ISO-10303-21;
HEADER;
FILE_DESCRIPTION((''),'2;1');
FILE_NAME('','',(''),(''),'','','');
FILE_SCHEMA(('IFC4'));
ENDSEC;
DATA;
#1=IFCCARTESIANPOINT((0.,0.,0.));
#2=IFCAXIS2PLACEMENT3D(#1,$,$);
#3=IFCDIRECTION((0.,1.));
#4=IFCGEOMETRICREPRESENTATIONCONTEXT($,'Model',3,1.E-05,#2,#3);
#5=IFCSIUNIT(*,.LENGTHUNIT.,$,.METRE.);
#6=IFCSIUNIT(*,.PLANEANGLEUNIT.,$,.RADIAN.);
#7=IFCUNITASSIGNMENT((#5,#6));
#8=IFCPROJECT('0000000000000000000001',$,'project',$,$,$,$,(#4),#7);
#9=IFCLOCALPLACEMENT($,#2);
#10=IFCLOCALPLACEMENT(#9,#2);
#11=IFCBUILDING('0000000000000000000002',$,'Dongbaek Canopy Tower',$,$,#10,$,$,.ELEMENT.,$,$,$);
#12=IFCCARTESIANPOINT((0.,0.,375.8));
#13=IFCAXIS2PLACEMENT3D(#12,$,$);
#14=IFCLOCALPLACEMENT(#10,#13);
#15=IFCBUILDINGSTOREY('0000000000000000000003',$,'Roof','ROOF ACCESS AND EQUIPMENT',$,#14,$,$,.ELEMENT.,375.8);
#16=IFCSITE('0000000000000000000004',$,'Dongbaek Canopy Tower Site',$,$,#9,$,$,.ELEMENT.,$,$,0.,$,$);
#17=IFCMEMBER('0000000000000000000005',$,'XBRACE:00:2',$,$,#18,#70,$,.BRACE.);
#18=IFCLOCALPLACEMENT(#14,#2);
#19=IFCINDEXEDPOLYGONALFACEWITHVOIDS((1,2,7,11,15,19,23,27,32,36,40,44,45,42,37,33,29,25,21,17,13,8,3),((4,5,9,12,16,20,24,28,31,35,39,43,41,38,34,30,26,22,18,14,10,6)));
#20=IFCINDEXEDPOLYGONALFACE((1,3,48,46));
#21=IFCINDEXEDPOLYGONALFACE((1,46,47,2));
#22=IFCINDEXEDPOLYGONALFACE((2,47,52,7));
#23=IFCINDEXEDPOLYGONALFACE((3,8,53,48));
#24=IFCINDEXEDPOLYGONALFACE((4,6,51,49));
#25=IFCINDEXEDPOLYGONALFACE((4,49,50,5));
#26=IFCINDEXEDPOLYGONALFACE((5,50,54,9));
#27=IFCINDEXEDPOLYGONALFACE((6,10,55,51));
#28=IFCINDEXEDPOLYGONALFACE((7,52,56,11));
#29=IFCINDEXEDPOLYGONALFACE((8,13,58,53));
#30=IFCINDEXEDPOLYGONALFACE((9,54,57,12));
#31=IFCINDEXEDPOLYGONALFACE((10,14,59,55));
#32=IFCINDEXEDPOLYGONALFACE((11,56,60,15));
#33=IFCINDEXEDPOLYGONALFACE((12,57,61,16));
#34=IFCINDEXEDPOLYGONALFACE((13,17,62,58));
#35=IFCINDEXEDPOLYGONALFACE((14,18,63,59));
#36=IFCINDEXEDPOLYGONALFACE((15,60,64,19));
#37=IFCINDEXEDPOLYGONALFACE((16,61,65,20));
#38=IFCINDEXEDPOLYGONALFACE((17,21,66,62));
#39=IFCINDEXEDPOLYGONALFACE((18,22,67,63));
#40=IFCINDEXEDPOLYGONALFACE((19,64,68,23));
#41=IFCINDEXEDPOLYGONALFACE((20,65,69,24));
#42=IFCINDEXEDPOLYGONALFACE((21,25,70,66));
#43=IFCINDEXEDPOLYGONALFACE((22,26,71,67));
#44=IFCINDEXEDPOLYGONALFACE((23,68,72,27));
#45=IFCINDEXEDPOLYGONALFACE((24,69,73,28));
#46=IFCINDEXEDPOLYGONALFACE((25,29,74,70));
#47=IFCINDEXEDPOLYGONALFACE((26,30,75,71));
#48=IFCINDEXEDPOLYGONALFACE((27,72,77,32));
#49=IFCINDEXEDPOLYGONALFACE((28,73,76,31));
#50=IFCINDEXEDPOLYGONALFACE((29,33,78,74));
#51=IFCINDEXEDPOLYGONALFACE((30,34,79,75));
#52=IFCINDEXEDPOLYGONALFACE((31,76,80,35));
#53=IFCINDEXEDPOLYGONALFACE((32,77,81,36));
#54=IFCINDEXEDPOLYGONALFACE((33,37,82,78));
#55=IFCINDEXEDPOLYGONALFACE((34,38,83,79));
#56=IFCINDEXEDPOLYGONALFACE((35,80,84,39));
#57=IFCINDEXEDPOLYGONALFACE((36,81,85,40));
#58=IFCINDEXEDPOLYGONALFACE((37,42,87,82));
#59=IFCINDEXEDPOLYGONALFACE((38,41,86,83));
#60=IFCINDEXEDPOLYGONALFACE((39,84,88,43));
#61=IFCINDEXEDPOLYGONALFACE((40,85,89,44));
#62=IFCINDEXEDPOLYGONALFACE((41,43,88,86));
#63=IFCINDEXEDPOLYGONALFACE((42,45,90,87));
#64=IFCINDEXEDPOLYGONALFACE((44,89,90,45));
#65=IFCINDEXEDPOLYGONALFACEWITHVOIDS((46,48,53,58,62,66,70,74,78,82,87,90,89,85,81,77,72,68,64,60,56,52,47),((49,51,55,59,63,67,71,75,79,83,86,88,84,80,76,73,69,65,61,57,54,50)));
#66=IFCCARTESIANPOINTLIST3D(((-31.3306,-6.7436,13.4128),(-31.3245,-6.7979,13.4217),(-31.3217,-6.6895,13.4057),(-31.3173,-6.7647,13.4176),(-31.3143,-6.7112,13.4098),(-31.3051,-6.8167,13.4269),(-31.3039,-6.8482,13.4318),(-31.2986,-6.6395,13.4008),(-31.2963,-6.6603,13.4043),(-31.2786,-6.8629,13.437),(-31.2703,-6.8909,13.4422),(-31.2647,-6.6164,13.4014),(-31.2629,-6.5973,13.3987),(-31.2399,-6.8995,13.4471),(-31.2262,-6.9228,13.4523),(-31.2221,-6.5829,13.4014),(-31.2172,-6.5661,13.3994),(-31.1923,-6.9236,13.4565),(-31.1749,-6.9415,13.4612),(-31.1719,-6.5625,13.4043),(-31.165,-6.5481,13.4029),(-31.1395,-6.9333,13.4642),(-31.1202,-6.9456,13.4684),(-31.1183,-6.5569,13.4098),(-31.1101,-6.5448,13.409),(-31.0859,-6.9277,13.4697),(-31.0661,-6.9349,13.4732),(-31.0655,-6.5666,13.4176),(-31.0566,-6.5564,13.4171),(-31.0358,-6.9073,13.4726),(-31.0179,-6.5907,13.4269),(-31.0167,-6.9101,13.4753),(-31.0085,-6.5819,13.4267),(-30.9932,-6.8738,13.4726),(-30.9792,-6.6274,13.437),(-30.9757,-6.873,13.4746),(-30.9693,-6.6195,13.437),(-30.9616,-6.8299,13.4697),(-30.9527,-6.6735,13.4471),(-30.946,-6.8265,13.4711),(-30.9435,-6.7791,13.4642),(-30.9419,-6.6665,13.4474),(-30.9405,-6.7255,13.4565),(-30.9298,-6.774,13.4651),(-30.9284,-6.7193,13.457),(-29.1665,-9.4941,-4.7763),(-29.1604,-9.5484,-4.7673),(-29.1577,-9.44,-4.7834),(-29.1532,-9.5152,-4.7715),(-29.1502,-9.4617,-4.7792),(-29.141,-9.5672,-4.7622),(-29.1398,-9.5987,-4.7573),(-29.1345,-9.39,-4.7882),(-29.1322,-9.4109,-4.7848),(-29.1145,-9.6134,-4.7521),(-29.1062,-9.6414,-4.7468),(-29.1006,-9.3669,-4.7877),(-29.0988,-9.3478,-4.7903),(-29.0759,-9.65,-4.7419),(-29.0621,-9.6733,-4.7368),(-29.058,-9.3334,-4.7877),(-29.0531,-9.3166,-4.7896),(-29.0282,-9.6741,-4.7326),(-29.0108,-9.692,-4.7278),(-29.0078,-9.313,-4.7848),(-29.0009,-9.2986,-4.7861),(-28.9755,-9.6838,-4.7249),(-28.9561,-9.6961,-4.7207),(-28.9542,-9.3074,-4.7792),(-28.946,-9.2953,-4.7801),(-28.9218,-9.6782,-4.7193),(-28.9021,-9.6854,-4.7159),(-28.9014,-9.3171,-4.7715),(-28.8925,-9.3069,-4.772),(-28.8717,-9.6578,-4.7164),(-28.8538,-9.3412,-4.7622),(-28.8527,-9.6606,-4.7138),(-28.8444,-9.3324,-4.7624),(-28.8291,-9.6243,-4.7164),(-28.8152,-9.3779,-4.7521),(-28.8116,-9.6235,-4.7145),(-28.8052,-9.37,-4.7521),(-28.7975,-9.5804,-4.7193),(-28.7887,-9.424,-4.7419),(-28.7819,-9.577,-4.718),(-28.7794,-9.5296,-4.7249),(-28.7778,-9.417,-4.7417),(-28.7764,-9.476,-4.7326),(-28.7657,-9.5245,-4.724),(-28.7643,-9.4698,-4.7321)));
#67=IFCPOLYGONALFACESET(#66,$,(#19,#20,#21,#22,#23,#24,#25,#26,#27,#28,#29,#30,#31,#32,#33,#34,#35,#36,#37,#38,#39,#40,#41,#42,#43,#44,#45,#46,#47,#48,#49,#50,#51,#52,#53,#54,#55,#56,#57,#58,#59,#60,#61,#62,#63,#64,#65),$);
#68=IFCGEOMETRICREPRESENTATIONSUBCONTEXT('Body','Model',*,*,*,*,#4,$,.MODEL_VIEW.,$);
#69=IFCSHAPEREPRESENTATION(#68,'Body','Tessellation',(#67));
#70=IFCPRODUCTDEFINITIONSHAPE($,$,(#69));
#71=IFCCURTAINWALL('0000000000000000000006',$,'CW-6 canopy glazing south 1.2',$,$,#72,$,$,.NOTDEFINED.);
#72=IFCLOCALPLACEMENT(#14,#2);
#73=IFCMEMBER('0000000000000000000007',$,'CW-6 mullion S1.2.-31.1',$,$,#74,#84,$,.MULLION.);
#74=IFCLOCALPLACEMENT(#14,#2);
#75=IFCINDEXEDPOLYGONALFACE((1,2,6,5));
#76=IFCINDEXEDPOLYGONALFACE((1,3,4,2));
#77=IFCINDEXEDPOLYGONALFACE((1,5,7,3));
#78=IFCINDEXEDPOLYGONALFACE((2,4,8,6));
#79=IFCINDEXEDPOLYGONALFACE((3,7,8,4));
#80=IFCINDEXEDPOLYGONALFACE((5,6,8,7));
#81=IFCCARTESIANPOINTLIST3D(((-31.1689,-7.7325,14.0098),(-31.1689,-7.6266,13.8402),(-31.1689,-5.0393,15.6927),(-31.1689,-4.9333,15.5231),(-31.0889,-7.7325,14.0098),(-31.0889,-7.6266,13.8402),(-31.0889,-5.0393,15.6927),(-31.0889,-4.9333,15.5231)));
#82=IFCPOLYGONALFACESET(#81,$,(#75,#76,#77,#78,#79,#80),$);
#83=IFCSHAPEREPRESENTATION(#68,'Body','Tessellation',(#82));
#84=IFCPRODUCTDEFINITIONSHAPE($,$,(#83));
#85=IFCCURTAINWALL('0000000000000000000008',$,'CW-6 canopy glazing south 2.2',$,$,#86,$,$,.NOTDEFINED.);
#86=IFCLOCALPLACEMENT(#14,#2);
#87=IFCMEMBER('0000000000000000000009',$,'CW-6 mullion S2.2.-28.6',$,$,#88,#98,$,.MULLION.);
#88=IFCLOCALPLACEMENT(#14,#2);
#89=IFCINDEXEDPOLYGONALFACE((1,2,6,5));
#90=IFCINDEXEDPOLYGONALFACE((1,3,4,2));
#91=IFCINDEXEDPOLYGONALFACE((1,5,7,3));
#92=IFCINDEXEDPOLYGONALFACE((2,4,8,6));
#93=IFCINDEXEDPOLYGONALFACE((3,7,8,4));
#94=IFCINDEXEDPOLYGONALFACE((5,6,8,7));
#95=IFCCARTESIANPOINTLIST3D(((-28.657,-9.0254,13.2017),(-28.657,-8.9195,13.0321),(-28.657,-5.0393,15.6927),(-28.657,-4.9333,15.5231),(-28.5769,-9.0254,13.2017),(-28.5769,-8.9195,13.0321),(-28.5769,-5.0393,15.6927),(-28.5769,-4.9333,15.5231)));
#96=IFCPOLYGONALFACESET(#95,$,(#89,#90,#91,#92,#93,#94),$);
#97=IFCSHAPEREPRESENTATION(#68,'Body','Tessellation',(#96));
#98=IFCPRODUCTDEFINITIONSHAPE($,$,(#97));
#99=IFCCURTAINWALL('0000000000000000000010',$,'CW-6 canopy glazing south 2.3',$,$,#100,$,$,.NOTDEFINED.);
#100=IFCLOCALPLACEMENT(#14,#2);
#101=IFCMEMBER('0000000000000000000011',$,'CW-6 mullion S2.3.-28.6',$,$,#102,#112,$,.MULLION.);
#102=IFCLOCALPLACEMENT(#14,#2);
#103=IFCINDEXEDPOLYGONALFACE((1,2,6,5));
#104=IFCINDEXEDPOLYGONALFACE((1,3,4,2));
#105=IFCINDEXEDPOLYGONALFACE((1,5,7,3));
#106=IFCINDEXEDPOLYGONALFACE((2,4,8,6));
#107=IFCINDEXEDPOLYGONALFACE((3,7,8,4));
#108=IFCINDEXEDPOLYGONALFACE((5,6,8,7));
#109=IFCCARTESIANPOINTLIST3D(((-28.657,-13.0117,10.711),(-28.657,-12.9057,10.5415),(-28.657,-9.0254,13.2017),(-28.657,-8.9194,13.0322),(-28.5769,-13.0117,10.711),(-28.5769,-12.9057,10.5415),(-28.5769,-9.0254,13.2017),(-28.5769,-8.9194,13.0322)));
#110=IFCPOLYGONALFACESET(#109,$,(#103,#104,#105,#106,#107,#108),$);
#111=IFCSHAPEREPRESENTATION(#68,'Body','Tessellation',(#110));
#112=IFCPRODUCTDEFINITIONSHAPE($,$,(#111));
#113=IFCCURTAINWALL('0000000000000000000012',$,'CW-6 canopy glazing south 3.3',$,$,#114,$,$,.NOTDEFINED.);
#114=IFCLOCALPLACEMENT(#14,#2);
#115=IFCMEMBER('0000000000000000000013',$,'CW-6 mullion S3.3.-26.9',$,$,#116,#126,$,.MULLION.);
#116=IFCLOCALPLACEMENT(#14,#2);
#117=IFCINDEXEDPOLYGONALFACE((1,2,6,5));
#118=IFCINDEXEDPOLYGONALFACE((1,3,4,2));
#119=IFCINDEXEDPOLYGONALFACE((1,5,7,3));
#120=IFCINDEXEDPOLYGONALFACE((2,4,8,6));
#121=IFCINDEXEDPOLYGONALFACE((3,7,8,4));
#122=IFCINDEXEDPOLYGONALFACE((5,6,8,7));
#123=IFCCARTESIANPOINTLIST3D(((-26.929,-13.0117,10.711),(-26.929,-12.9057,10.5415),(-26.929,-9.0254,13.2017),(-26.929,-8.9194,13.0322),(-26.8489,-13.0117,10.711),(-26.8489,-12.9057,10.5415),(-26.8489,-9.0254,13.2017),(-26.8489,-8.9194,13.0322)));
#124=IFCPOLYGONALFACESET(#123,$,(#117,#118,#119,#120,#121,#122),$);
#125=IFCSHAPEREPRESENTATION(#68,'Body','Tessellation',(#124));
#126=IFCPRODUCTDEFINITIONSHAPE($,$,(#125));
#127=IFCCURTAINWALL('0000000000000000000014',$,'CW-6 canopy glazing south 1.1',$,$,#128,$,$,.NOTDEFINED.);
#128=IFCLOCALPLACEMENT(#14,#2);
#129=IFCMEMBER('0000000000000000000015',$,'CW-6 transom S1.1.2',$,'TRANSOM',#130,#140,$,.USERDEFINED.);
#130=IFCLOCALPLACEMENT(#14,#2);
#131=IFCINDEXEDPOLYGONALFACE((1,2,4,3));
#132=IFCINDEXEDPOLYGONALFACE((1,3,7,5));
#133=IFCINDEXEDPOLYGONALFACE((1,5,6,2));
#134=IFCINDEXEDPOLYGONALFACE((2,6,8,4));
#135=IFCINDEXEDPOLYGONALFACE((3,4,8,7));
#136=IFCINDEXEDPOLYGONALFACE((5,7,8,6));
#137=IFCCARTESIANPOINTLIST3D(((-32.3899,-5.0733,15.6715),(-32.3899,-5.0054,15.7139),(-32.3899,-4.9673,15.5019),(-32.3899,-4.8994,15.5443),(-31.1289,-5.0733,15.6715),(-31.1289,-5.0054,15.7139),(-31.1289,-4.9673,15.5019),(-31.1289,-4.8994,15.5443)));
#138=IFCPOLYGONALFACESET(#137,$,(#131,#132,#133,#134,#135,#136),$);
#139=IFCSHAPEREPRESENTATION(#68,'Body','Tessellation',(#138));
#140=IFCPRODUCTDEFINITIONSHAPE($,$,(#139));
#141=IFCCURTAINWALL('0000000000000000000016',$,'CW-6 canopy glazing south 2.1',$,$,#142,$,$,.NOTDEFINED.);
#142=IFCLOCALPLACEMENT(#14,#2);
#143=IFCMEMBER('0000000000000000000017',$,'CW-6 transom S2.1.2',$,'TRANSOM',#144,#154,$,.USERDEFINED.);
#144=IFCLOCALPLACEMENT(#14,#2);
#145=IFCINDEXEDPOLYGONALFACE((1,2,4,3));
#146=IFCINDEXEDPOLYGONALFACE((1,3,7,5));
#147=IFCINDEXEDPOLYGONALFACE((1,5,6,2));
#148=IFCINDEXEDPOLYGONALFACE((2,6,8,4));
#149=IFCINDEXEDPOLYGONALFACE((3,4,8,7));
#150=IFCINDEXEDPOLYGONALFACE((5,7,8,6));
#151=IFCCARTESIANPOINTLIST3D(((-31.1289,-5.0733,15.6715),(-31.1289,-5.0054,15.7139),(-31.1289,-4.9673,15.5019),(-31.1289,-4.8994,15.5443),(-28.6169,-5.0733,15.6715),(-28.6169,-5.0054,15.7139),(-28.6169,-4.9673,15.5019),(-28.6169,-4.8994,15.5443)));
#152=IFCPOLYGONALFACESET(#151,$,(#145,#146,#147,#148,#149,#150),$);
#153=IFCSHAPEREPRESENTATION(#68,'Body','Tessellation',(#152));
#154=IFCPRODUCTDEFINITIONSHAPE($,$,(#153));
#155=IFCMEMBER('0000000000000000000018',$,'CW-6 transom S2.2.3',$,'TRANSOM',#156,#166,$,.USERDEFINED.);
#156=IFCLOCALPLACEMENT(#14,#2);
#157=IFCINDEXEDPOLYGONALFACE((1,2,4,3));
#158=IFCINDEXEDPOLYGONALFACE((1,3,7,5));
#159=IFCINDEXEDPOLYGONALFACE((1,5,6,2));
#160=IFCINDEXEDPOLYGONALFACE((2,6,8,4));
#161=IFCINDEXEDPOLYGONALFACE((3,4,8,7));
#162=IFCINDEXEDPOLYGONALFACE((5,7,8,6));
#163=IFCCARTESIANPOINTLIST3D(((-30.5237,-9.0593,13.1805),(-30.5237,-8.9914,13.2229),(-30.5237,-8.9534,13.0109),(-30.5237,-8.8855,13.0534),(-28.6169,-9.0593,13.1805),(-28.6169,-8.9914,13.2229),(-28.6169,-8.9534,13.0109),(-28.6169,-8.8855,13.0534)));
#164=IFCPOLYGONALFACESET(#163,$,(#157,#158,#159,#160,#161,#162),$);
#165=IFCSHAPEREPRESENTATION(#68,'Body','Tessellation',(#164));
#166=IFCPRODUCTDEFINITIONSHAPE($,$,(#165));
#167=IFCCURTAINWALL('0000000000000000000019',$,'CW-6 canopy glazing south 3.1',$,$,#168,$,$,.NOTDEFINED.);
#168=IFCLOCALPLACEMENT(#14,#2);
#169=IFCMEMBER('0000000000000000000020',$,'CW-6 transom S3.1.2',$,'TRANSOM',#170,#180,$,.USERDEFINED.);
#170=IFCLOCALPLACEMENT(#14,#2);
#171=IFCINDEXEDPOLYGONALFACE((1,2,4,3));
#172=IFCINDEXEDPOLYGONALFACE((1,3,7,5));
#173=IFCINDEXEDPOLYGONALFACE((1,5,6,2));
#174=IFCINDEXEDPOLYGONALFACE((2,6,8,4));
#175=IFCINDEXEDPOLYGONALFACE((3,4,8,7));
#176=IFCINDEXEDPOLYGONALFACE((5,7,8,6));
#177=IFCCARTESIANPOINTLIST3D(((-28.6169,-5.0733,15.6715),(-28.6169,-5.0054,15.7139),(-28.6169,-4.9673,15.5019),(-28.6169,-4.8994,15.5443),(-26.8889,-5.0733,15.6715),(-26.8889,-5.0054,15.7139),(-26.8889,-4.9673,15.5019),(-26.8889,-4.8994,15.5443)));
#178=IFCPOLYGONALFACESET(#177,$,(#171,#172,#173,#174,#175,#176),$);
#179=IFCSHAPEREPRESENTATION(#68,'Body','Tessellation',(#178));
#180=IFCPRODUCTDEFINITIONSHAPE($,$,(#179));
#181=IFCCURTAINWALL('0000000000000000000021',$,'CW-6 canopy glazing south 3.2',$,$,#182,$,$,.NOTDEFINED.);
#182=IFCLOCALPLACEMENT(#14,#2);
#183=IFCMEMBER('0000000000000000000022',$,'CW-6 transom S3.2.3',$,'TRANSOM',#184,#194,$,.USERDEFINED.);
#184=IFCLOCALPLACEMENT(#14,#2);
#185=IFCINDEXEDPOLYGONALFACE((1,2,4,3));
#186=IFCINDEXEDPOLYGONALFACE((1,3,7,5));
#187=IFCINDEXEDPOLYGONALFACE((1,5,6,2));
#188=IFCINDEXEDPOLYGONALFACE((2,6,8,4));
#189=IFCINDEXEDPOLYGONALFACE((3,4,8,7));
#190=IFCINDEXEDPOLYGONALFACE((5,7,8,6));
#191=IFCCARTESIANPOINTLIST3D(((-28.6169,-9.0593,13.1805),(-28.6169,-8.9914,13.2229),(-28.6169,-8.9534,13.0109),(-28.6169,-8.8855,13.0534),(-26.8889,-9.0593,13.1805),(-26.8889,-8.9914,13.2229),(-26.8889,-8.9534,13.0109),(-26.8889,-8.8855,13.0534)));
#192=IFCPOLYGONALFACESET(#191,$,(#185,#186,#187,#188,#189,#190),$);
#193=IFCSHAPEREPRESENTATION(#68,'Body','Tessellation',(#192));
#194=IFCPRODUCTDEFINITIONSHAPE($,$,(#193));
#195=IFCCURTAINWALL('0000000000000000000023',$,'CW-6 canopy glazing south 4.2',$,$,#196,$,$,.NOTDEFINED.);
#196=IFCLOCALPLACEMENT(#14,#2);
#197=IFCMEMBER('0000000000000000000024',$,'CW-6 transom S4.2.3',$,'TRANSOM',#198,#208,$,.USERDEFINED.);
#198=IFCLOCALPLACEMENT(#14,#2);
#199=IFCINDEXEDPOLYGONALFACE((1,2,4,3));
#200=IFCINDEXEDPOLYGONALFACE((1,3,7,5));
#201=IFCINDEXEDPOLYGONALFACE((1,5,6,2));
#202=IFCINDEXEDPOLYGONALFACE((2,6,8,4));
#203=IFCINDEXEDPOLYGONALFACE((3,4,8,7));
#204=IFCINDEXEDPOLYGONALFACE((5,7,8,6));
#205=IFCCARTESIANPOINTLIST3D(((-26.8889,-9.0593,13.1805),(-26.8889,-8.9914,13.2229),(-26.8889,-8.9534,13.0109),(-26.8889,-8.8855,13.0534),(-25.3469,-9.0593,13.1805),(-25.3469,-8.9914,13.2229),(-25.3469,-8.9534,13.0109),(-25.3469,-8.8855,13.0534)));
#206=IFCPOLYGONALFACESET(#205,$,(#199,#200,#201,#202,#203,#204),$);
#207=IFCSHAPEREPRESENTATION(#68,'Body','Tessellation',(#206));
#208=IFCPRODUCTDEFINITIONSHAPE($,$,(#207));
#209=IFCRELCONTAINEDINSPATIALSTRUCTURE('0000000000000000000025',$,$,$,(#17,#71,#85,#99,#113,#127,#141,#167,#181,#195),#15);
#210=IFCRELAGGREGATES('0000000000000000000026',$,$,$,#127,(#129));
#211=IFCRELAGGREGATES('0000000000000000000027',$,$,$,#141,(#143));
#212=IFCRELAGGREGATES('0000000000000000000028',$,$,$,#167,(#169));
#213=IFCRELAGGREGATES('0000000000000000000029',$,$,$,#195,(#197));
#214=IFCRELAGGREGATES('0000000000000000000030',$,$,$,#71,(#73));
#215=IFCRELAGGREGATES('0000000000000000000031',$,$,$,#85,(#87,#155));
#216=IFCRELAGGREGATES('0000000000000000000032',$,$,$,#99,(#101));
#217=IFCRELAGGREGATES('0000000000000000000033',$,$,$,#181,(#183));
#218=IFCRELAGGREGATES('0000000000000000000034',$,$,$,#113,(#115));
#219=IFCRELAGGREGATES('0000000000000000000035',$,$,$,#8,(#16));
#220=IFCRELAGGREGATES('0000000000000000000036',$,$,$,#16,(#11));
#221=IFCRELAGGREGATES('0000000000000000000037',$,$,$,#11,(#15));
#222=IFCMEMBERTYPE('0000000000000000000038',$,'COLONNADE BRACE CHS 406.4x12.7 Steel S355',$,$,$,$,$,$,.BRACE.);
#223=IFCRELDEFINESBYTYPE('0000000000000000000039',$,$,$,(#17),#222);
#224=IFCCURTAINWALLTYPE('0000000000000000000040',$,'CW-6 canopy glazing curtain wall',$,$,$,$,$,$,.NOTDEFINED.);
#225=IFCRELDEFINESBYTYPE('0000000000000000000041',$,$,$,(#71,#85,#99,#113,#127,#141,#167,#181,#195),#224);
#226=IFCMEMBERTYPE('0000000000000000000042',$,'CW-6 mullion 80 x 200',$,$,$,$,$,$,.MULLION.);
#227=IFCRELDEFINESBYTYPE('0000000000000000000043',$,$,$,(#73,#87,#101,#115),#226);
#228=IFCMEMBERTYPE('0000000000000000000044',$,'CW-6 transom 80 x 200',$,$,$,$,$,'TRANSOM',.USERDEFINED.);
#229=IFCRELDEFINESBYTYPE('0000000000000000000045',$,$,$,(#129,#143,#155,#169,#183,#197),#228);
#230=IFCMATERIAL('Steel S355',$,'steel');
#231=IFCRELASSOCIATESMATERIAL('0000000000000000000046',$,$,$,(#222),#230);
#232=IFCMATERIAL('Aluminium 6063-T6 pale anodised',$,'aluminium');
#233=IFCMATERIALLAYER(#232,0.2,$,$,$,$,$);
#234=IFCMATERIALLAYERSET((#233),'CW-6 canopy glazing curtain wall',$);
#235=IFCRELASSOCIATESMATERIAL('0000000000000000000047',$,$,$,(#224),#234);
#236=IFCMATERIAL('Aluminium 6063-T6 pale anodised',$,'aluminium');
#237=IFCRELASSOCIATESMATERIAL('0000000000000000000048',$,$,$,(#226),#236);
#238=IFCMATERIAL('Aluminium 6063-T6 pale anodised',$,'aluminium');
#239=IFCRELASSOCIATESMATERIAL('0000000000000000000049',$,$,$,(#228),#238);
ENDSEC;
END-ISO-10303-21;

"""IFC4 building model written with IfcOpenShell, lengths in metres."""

from ifc_helpers import new_model, si_unit, direction, frame, origin, origin_2d, place, context, subcontext, project, spatial, rectangle, hollow_circle, extrude, material, layer, layer_set, material_profile, profile_set, type_object, element, aggregate, save


model = new_model("IFC4")

# Units and contexts
model_context = context("Model", 3, precision=1e-05, world=origin(), true_north=direction((0.0, 1.0)))
body_context = subcontext(model_context, "Body", "Model", "MODEL_VIEW")
ifc_project = project(units=[si_unit("LENGTHUNIT", "METRE"), si_unit("PLANEANGLEUNIT", "RADIAN")], contexts=[model_context])

# Site, building, storey
site_placement = place(None, origin())
site = spatial("IfcSite", under=ifc_project, at=site_placement, Name="Dongbaek Canopy Tower Site", CompositionType="ELEMENT", RefElevation=0.0)
building_placement = place(site_placement, origin())
building = spatial("IfcBuilding", under=site, at=building_placement, Name="Dongbaek Canopy Tower", CompositionType="ELEMENT")
storey_placement = place(building_placement, frame((0.0, 0.0, 375.8)))
storey = spatial("IfcBuildingStorey", under=building, at=storey_placement, Name="Roof", Description="ROOF ACCESS AND EQUIPMENT", CompositionType="ELEMENT", Elevation=375.8)

# Member
ifc_material_1 = material(Name="Steel S355", Category="steel")
ifc_material_profile_1 = material_profile(ifc_material_1, hollow_circle(Radius=0.2031, WallThickness=0.0127, at=origin_2d()), Name="COLONNADE BRACE CHS 406.4x12.7 Steel S355")
ifc_profile_set_1 = profile_set([ifc_material_profile_1], Name="Steel S355")
member_type_1 = type_object("IfcMemberType", Name="COLONNADE BRACE CHS 406.4x12.7 Steel S355", PredefinedType="BRACE", material=ifc_profile_set_1)
member_1_placement = place(storey_placement, frame((-31.1289, -6.7451, 13.437), z_axis=(0.116834, -0.148494, -0.981988), x_axis=(0.785907, 0.618345, 0.0)))
element("IfcMember", 1, at=member_1_placement, inside=storey, type_object=member_type_1, Name="XBRACE:00:2", PredefinedType="BRACE", context=body_context, shape_type="SweptSolid", body=[
    extrude(hollow_circle(Radius=0.2031, WallThickness=0.0127, at=origin_2d()), origin(), (0.0, 0.0, 1.0), 18.5227),
])

# Curtain walls, members
ifc_material_2 = material(Name="Aluminium 6063-T6 pale anodised", Category="aluminium")
ifc_layer_1 = layer(ifc_material_2, 0.2)
ifc_layer_set_1 = layer_set([ifc_layer_1], Name="CW-6 canopy glazing curtain wall")
curtain_wall_type = type_object("IfcCurtainWallType", Name="CW-6 canopy glazing curtain wall", PredefinedType="NOTDEFINED", material=ifc_layer_set_1)
curtain_wall_1_placement = place(storey_placement, origin())
curtain_wall_1 = element("IfcCurtainWall", 2, at=curtain_wall_1_placement, inside=storey, type_object=curtain_wall_type, Name="CW-6 canopy glazing south 1.2", PredefinedType="NOTDEFINED")
ifc_material_3 = material(Name="Aluminium 6063-T6 pale anodised", Category="aluminium")
ifc_material_profile_2 = material_profile(ifc_material_3, rectangle(XDim=0.0801, YDim=0.2, at=origin_2d()), Name="CW-6 mullion 80 x 200")
ifc_profile_set_2 = profile_set([ifc_material_profile_2], Name="Aluminium 6063-T6 pale anodised")
member_type_2 = type_object("IfcMemberType", Name="CW-6 mullion 80 x 200", PredefinedType="MULLION", material=ifc_profile_set_2)
member_2_placement = place(storey_placement, frame((-31.1289, -4.9863, 15.6079), z_axis=(0.0, -0.848046, -0.529923), x_axis=(1.0, 0.0, 0.0)))
member_2 = element("IfcMember", 3, at=member_2_placement, type_object=member_type_2, Name="CW-6 mullion S1.2.-31.1", PredefinedType="MULLION", context=body_context, shape_type="SweptSolid", body=[
    extrude(rectangle(XDim=0.0801, YDim=0.2, at=origin_2d()), origin(), (0.0, 0.0, 1.0), 3.1758),
])
curtain_wall_2_placement = place(storey_placement, origin())
curtain_wall_2 = element("IfcCurtainWall", 4, at=curtain_wall_2_placement, inside=storey, type_object=curtain_wall_type, Name="CW-6 canopy glazing south 2.2", PredefinedType="NOTDEFINED")
member_3_placement = place(storey_placement, frame((-28.6169, -4.9863, 15.6079), z_axis=(0.0, -0.84803, -0.529948), x_axis=(1.0, 0.0, 0.0)))
member_3 = element("IfcMember", 5, at=member_3_placement, type_object=member_type_2, Name="CW-6 mullion S2.2.-28.6", PredefinedType="MULLION", context=body_context, shape_type="SweptSolid", body=[
    extrude(rectangle(XDim=0.0801, YDim=0.2, at=origin_2d()), origin(), (0.0, 0.0, 1.0), 4.7004),
])
curtain_wall_3_placement = place(storey_placement, origin())
curtain_wall_3 = element("IfcCurtainWall", 6, at=curtain_wall_3_placement, inside=storey, type_object=curtain_wall_type, Name="CW-6 canopy glazing south 2.3", PredefinedType="NOTDEFINED")
member_4_placement = place(storey_placement, frame((-28.6169, -8.9724, 13.1169), z_axis=(0.0, -0.848068, -0.529887), x_axis=(1.0, 0.0, 0.0)))
member_4 = element("IfcMember", 7, at=member_4_placement, type_object=member_type_2, Name="CW-6 mullion S2.3.-28.6", PredefinedType="MULLION", context=body_context, shape_type="SweptSolid", body=[
    extrude(rectangle(XDim=0.0801, YDim=0.2, at=origin_2d()), origin(), (0.0, 0.0, 1.0), 4.7004),
])
curtain_wall_4_placement = place(storey_placement, origin())
curtain_wall_4 = element("IfcCurtainWall", 8, at=curtain_wall_4_placement, inside=storey, type_object=curtain_wall_type, Name="CW-6 canopy glazing south 3.3", PredefinedType="NOTDEFINED")
member_5_placement = place(storey_placement, frame((-26.8889, -8.9724, 13.1169), z_axis=(0.0, -0.848068, -0.529887), x_axis=(1.0, 0.0, 0.0)))
member_5 = element("IfcMember", 9, at=member_5_placement, type_object=member_type_2, Name="CW-6 mullion S3.3.-26.9", PredefinedType="MULLION", context=body_context, shape_type="SweptSolid", body=[
    extrude(rectangle(XDim=0.0801, YDim=0.2, at=origin_2d()), origin(), (0.0, 0.0, 1.0), 4.7004),
])
curtain_wall_5_placement = place(storey_placement, origin())
curtain_wall_5 = element("IfcCurtainWall", 10, at=curtain_wall_5_placement, inside=storey, type_object=curtain_wall_type, Name="CW-6 canopy glazing south 1.1", PredefinedType="NOTDEFINED")
ifc_material_4 = material(Name="Aluminium 6063-T6 pale anodised", Category="aluminium")
ifc_material_profile_3 = material_profile(ifc_material_4, rectangle(XDim=0.0801, YDim=0.2, at=origin_2d()), Name="CW-6 transom 80 x 200")
ifc_profile_set_3 = profile_set([ifc_material_profile_3], Name="Aluminium 6063-T6 pale anodised")
member_type_3 = type_object("IfcMemberType", Name="CW-6 transom 80 x 200", ElementType="TRANSOM", PredefinedType="USERDEFINED", material=ifc_profile_set_3)
member_6_placement = place(storey_placement, frame((-32.3899, -4.9863, 15.6079), z_axis=(1.0, 0.0, 0.0), x_axis=(0.0, 0.848048, 0.529919)))
member_6 = element("IfcMember", 11, at=member_6_placement, type_object=member_type_3, Name="CW-6 transom S1.1.2", ObjectType="TRANSOM", PredefinedType="USERDEFINED", context=body_context, shape_type="SweptSolid", body=[
    extrude(rectangle(XDim=0.0801, YDim=0.2, at=origin_2d()), origin(), (0.0, 0.0, 1.0), 1.261),
])
aggregate(curtain_wall_5, [member_6])
curtain_wall_6_placement = place(storey_placement, origin())
curtain_wall_6 = element("IfcCurtainWall", 12, at=curtain_wall_6_placement, inside=storey, type_object=curtain_wall_type, Name="CW-6 canopy glazing south 2.1", PredefinedType="NOTDEFINED")
member_7_placement = place(storey_placement, frame((-31.1289, -4.9863, 15.6079), z_axis=(1.0, 0.0, 0.0), x_axis=(0.0, 0.848048, 0.529919)))
member_7 = element("IfcMember", 13, at=member_7_placement, type_object=member_type_3, Name="CW-6 transom S2.1.2", ObjectType="TRANSOM", PredefinedType="USERDEFINED", context=body_context, shape_type="SweptSolid", body=[
    extrude(rectangle(XDim=0.0801, YDim=0.2, at=origin_2d()), origin(), (0.0, 0.0, 1.0), 2.512),
])
aggregate(curtain_wall_6, [member_7])

# Member
member_8_placement = place(storey_placement, frame((-30.5237, -8.9724, 13.1169), z_axis=(1.0, 0.0, 0.0), x_axis=(0.0, 0.848048, 0.529919)))
member_8 = element("IfcMember", 14, at=member_8_placement, type_object=member_type_3, Name="CW-6 transom S2.2.3", ObjectType="TRANSOM", PredefinedType="USERDEFINED", context=body_context, shape_type="SweptSolid", body=[
    extrude(rectangle(XDim=0.0801, YDim=0.2, at=origin_2d()), origin(), (0.0, 0.0, 1.0), 1.9067),
])

# Curtain walls, members
curtain_wall_7_placement = place(storey_placement, origin())
curtain_wall_7 = element("IfcCurtainWall", 15, at=curtain_wall_7_placement, inside=storey, type_object=curtain_wall_type, Name="CW-6 canopy glazing south 3.1", PredefinedType="NOTDEFINED")
member_9_placement = place(storey_placement, frame((-28.6169, -4.9863, 15.6079), z_axis=(1.0, 0.0, 0.0), x_axis=(0.0, 0.848048, 0.529919)))
member_9 = element("IfcMember", 16, at=member_9_placement, type_object=member_type_3, Name="CW-6 transom S3.1.2", ObjectType="TRANSOM", PredefinedType="USERDEFINED", context=body_context, shape_type="SweptSolid", body=[
    extrude(rectangle(XDim=0.0801, YDim=0.2, at=origin_2d()), origin(), (0.0, 0.0, 1.0), 1.728),
])
aggregate(curtain_wall_7, [member_9])
curtain_wall_8_placement = place(storey_placement, origin())
curtain_wall_8 = element("IfcCurtainWall", 17, at=curtain_wall_8_placement, inside=storey, type_object=curtain_wall_type, Name="CW-6 canopy glazing south 3.2", PredefinedType="NOTDEFINED")
member_10_placement = place(storey_placement, frame((-28.6169, -8.9724, 13.1169), z_axis=(1.0, 0.0, 0.0), x_axis=(0.0, 0.848048, 0.529919)))
member_10 = element("IfcMember", 18, at=member_10_placement, type_object=member_type_3, Name="CW-6 transom S3.2.3", ObjectType="TRANSOM", PredefinedType="USERDEFINED", context=body_context, shape_type="SweptSolid", body=[
    extrude(rectangle(XDim=0.0801, YDim=0.2, at=origin_2d()), origin(), (0.0, 0.0, 1.0), 1.728),
])
curtain_wall_9_placement = place(storey_placement, origin())
curtain_wall_9 = element("IfcCurtainWall", 19, at=curtain_wall_9_placement, inside=storey, type_object=curtain_wall_type, Name="CW-6 canopy glazing south 4.2", PredefinedType="NOTDEFINED")
member_11_placement = place(storey_placement, frame((-26.8889, -8.9724, 13.1169), z_axis=(1.0, 0.0, 0.0), x_axis=(0.0, 0.848048, 0.529919)))
member_11 = element("IfcMember", 20, at=member_11_placement, type_object=member_type_3, Name="CW-6 transom S4.2.3", ObjectType="TRANSOM", PredefinedType="USERDEFINED", context=body_context, shape_type="SweptSolid", body=[
    extrude(rectangle(XDim=0.0801, YDim=0.2, at=origin_2d()), origin(), (0.0, 0.0, 1.0), 1.542),
])
aggregate(curtain_wall_9, [member_11])

aggregate(curtain_wall_1, [member_2])
aggregate(curtain_wall_2, [member_3, member_8])
aggregate(curtain_wall_3, [member_4])
aggregate(curtain_wall_8, [member_10])
aggregate(curtain_wall_4, [member_5])

save(model, "model.ifc")
